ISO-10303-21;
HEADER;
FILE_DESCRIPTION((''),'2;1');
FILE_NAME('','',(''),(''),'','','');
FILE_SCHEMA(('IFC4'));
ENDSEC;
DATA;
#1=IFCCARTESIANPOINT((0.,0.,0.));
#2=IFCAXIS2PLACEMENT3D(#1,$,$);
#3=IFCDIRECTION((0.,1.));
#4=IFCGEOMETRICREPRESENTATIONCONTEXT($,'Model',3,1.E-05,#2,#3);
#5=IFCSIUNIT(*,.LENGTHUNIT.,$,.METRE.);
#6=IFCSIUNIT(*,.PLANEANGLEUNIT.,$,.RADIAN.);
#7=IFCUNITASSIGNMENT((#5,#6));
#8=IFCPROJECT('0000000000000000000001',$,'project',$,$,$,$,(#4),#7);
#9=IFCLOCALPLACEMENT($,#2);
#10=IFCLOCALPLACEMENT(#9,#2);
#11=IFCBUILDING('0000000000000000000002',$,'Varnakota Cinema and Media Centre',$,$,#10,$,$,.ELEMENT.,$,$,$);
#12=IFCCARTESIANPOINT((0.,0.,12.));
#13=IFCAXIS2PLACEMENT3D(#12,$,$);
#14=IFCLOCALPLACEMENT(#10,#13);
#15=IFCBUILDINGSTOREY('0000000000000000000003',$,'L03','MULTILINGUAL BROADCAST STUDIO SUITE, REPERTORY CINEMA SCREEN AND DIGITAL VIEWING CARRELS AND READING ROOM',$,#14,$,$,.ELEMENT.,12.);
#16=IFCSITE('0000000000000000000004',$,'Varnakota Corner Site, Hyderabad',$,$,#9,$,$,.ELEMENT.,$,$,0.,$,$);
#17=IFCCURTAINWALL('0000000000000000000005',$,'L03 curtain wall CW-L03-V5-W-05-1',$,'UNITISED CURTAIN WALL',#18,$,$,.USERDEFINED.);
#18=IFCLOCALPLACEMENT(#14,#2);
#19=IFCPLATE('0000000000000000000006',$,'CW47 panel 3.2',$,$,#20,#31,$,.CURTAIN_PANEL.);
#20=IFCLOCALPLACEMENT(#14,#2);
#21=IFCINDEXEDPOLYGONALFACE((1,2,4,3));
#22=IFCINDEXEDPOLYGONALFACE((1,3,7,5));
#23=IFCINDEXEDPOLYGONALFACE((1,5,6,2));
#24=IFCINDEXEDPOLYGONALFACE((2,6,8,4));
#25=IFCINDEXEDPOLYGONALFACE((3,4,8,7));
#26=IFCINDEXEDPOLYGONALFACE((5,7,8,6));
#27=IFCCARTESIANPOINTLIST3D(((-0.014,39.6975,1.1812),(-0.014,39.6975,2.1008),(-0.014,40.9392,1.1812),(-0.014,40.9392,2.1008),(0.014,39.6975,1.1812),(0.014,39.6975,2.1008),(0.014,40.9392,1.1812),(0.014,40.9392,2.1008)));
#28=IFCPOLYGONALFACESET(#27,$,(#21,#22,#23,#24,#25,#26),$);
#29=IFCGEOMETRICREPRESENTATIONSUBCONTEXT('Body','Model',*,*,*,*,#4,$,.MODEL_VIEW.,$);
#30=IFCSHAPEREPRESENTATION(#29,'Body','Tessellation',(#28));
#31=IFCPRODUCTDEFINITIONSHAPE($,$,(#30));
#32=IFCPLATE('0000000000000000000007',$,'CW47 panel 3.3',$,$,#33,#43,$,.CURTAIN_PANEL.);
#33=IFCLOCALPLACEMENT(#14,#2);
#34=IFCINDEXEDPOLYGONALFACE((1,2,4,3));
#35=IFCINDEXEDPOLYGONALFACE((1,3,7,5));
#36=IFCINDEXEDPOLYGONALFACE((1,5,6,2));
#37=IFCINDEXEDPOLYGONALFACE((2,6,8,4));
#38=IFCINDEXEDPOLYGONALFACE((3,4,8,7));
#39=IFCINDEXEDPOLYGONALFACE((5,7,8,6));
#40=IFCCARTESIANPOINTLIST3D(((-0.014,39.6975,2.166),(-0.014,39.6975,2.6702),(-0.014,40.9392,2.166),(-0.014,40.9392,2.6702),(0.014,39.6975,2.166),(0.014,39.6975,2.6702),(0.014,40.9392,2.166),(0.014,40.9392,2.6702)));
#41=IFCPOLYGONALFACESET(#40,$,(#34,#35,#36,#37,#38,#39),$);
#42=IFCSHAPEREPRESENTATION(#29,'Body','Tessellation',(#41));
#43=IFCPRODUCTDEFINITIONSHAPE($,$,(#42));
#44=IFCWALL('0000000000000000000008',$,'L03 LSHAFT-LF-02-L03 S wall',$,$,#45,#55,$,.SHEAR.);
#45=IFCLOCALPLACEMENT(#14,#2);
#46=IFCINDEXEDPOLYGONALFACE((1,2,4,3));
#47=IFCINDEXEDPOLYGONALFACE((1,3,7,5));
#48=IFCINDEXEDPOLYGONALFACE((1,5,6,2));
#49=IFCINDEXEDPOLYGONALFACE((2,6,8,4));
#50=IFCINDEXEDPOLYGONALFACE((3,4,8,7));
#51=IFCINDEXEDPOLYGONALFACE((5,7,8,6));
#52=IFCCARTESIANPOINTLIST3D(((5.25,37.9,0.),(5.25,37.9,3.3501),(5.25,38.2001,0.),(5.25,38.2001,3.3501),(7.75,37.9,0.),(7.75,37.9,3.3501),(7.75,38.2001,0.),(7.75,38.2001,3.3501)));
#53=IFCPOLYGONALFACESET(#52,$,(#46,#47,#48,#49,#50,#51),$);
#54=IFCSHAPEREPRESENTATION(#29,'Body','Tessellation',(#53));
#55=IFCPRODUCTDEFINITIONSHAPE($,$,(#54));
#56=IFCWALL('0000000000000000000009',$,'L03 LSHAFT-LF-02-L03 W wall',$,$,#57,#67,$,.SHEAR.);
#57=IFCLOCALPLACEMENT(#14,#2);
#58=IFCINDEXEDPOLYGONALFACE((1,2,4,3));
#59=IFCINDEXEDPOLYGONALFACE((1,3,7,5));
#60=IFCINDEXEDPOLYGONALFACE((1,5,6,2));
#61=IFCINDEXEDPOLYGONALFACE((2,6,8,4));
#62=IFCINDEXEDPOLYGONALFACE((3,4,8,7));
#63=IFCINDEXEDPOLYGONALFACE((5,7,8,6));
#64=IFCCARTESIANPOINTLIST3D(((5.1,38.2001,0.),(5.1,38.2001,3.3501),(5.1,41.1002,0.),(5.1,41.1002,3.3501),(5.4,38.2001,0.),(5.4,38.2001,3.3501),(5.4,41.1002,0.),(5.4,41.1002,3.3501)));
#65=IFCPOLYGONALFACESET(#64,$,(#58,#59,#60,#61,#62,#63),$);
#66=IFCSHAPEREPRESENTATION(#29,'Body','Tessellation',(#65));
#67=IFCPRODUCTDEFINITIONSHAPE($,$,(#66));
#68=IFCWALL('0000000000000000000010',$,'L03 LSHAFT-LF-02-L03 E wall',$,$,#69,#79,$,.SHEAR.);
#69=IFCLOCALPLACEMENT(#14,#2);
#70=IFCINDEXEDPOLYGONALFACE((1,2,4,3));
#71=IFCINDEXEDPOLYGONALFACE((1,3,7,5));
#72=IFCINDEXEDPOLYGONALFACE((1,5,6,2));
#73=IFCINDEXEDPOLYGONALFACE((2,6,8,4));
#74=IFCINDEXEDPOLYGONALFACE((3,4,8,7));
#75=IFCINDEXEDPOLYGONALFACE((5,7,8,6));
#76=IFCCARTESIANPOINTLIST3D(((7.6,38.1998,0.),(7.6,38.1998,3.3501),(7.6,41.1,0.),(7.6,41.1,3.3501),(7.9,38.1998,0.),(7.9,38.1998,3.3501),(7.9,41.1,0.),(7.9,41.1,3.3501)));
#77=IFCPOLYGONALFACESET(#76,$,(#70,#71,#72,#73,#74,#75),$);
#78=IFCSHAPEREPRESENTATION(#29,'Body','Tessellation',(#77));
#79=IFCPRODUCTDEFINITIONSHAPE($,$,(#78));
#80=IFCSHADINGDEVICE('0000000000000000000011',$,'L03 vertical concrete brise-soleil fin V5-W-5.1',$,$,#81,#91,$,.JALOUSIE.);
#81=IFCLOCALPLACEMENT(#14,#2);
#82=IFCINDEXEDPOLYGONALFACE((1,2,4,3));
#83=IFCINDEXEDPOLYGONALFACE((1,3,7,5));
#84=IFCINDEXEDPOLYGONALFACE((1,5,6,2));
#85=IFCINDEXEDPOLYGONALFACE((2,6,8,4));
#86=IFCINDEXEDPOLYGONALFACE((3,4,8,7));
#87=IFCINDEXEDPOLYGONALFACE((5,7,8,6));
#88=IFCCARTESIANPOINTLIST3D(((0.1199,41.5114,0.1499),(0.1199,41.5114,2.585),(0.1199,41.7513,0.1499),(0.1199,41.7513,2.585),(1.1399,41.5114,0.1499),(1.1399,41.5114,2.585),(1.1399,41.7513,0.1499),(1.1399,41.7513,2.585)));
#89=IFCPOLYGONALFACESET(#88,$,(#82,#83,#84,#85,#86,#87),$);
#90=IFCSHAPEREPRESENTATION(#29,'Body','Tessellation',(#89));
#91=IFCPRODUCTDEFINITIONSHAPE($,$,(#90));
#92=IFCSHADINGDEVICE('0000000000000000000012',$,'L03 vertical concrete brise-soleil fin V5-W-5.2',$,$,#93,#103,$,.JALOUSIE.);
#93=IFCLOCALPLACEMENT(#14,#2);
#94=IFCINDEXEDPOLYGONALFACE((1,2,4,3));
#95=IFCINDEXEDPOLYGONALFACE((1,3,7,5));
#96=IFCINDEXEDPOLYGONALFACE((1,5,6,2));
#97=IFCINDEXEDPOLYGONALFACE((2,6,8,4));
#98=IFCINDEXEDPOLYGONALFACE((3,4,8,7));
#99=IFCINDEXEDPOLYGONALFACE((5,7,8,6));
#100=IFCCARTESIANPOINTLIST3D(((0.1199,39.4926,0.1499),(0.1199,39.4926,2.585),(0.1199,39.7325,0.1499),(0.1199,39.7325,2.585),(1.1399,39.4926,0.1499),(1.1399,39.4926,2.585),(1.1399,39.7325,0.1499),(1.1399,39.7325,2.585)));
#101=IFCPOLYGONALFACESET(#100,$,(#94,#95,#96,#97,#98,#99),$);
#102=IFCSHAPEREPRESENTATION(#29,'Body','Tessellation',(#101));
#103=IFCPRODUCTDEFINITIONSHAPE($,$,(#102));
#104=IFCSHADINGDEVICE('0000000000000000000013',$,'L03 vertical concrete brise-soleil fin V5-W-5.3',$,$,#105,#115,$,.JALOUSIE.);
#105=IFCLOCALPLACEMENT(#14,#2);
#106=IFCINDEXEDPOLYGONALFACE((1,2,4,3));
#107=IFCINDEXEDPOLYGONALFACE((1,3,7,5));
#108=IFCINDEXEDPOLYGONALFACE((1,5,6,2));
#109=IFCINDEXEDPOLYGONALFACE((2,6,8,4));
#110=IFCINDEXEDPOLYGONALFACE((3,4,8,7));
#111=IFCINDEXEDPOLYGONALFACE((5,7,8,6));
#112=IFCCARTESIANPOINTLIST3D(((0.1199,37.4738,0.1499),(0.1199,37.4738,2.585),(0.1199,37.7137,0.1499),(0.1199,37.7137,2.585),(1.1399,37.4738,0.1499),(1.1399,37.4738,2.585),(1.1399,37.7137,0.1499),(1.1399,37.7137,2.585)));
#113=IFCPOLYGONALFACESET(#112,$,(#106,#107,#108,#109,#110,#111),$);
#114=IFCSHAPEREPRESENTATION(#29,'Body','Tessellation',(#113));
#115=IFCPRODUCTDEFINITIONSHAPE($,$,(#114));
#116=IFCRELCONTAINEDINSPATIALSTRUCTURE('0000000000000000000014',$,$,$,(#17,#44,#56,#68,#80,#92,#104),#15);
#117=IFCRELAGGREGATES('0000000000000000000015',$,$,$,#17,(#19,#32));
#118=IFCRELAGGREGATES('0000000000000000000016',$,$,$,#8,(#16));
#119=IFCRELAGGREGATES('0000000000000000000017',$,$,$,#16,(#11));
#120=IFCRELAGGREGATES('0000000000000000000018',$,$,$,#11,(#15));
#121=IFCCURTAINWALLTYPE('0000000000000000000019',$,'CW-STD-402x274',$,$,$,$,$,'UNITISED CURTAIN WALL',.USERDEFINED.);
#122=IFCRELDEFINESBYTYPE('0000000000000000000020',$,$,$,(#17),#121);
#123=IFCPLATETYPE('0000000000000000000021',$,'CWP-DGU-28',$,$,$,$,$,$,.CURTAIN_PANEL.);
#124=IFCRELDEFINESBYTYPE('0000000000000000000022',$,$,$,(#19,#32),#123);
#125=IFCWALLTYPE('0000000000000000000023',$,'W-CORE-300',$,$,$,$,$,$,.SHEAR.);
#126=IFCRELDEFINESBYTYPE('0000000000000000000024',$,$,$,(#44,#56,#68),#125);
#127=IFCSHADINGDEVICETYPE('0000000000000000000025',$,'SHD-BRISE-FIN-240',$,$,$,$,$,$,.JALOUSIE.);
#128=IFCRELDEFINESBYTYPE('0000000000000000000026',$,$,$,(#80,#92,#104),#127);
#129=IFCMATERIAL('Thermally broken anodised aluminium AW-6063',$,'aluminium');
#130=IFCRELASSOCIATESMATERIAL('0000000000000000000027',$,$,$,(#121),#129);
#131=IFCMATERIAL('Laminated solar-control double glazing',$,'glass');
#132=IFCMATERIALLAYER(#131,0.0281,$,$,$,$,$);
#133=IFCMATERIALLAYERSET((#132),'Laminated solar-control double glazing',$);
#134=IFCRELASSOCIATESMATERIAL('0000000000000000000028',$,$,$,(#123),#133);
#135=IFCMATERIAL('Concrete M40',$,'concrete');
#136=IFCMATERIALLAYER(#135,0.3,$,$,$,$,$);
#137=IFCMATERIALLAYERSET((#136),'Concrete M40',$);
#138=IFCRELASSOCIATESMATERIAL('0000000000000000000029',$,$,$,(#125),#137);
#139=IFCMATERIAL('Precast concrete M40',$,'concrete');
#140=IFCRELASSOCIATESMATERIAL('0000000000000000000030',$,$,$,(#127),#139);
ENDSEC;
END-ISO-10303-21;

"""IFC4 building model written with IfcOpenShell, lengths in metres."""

from ifc_helpers import new_model, si_unit, direction, frame, frame_2d, origin, origin_2d, place, context, subcontext, project, spatial, rectangle, extrude, material, layer, layer_set, type_object, element, aggregate, save


model = new_model("IFC4")

# Units and contexts
model_context = context("Model", 3, precision=1e-05, world=origin(), true_north=direction((0.0, 1.0)))
body_context = subcontext(model_context, "Body", "Model", "MODEL_VIEW")
ifc_project = project(units=[si_unit("LENGTHUNIT", "METRE"), si_unit("PLANEANGLEUNIT", "RADIAN")], contexts=[model_context])

# Site, building, storey
site_placement = place(None, origin())
site = spatial("IfcSite", under=ifc_project, at=site_placement, Name="Varnakota Corner Site, Hyderabad", CompositionType="ELEMENT", RefElevation=0.0)
building_placement = place(site_placement, origin())
building = spatial("IfcBuilding", under=site, at=building_placement, Name="Varnakota Cinema and Media Centre", CompositionType="ELEMENT")
storey_placement = place(building_placement, frame((0.0, 0.0, 12.0)))
storey = spatial("IfcBuildingStorey", under=building, at=storey_placement, Name="L03", Description="MULTILINGUAL BROADCAST STUDIO SUITE, REPERTORY CINEMA SCREEN AND DIGITAL VIEWING CARRELS AND READING ROOM", CompositionType="ELEMENT", Elevation=12.0)

# Curtain wall
ifc_material_1 = material(Name="Thermally broken anodised aluminium AW-6063", Category="aluminium")
curtain_wall_type = type_object("IfcCurtainWallType", Name="CW-STD-402x274", ElementType="UNITISED CURTAIN WALL", PredefinedType="USERDEFINED", material=ifc_material_1)
curtain_wall_1_placement = place(storey_placement, origin())
curtain_wall_1 = element("IfcCurtainWall", 1, at=curtain_wall_1_placement, inside=storey, type_object=curtain_wall_type, Name="L03 curtain wall CW-L03-V5-W-05-1", ObjectType="UNITISED CURTAIN WALL", PredefinedType="USERDEFINED")

# Plates
ifc_material_2 = material(Name="Laminated solar-control double glazing", Category="glass")
ifc_layer_1 = layer(ifc_material_2, 0.0281)
ifc_layer_set_1 = layer_set([ifc_layer_1], Name="Laminated solar-control double glazing")
plate_type = type_object("IfcPlateType", Name="CWP-DGU-28", PredefinedType="CURTAIN_PANEL", material=ifc_layer_set_1)
plate_1_placement = place(storey_placement, frame((0.0, 40.3184, 1.1812), z_axis=(0.0, 0.0, 1.0), x_axis=(0.0, -1.0, 0.0)))
plate_1 = element("IfcPlate", 2, at=plate_1_placement, type_object=plate_type, Name="CW47 panel 3.2", PredefinedType="CURTAIN_PANEL", context=body_context, shape_type="SweptSolid", body=[
    extrude(rectangle(XDim=1.2417, YDim=0.0281, at=origin_2d()), origin(), (0.0, 0.0, 1.0), 0.9197),
])
plate_2_placement = place(storey_placement, frame((0.0, 40.3184, 2.166), z_axis=(0.0, 0.0, 1.0), x_axis=(0.0, -1.0, 0.0)))
plate_2 = element("IfcPlate", 3, at=plate_2_placement, type_object=plate_type, Name="CW47 panel 3.3", PredefinedType="CURTAIN_PANEL", context=body_context, shape_type="SweptSolid", body=[
    extrude(rectangle(XDim=1.2417, YDim=0.0281, at=origin_2d()), origin(), (0.0, 0.0, 1.0), 0.5042),
])
aggregate(curtain_wall_1, [plate_1, plate_2])

# Walls
ifc_material_3 = material(Name="Concrete M40", Category="concrete")
ifc_layer_2 = layer(ifc_material_3, 0.3)
ifc_layer_set_2 = layer_set([ifc_layer_2], Name="Concrete M40")
wall_type_1 = type_object("IfcWallType", Name="W-CORE-300", PredefinedType="SHEAR", material=ifc_layer_set_2)
wall_1_placement = place(storey_placement, frame((7.75, 38.05, 0.0), z_axis=(0.0, 0.0, 1.0), x_axis=(-1.0, 0.0, 0.0)))
element("IfcWall", 4, at=wall_1_placement, inside=storey, type_object=wall_type_1, Name="L03 LSHAFT-LF-02-L03 S wall", PredefinedType="SHEAR", context=body_context, shape_type="SweptSolid", body=[
    extrude(rectangle(XDim=2.5, YDim=0.3, at=frame_2d((1.25, 0.0))), origin(), (0.0, 0.0, 1.0), 3.3501),
])
wall_2_placement = place(storey_placement, frame((5.25, 38.2, 0.0), z_axis=(0.0, 0.0, 1.0), x_axis=(0.0, 1.0, 0.0)))
element("IfcWall", 5, at=wall_2_placement, inside=storey, type_object=wall_type_1, Name="L03 LSHAFT-LF-02-L03 W wall", PredefinedType="SHEAR", context=body_context, shape_type="SweptSolid", body=[
    extrude(rectangle(XDim=2.9001, YDim=0.3, at=frame_2d((1.4502, 0.0))), origin(), (0.0, 0.0, 1.0), 3.3501),
])

# Wall
wall_3_placement = place(storey_placement, frame((7.75, 41.1001, 0.0), z_axis=(0.0, 0.0, 1.0), x_axis=(0.0, -1.0, 0.0)))
element("IfcWall", 6, at=wall_3_placement, inside=storey, type_object=wall_type_1, Name="L03 LSHAFT-LF-02-L03 E wall", PredefinedType="SHEAR", context=body_context, shape_type="SweptSolid", body=[
    extrude(rectangle(XDim=2.9001, YDim=0.3, at=frame_2d((1.4502, 0.0))), origin(), (0.0, 0.0, 1.0), 3.3501),
])

# Shading devices
ifc_material_4 = material(Name="Precast concrete M40", Category="concrete")
shading_device_type = type_object("IfcShadingDeviceType", Name="SHD-BRISE-FIN-240", PredefinedType="JALOUSIE", material=ifc_material_4)
for number, where, z_axis, x_axis, name in (
    (7, (0.6299, 41.6313, 0.1499), (0.0, 0.0, 1.0), (0.0, -1.0, 0.0), "L03 vertical concrete brise-soleil fin V5-W-5.1"),
    (8, (0.6299, 39.6125, 0.1499), (0.0, 0.0, 1.0), (0.0, -1.0, 0.0), "L03 vertical concrete brise-soleil fin V5-W-5.2"),
    (9, (0.6299, 37.5938, 0.1499), (0.0, 0.0, 1.0), (0.0, -1.0, 0.0), "L03 vertical concrete brise-soleil fin V5-W-5.3"),
):
    element("IfcShadingDevice", number, at=place(storey_placement, frame(where, z_axis=z_axis, x_axis=x_axis)), inside=storey, type_object=shading_device_type, Name=name, PredefinedType="JALOUSIE", context=body_context, shape_type="SweptSolid", body=[
        extrude(rectangle(XDim=0.24, YDim=1.02, at=origin_2d()), origin(), (0.0, 0.0, 1.0), 2.4351),
    ])

save(model, "model.ifc")
